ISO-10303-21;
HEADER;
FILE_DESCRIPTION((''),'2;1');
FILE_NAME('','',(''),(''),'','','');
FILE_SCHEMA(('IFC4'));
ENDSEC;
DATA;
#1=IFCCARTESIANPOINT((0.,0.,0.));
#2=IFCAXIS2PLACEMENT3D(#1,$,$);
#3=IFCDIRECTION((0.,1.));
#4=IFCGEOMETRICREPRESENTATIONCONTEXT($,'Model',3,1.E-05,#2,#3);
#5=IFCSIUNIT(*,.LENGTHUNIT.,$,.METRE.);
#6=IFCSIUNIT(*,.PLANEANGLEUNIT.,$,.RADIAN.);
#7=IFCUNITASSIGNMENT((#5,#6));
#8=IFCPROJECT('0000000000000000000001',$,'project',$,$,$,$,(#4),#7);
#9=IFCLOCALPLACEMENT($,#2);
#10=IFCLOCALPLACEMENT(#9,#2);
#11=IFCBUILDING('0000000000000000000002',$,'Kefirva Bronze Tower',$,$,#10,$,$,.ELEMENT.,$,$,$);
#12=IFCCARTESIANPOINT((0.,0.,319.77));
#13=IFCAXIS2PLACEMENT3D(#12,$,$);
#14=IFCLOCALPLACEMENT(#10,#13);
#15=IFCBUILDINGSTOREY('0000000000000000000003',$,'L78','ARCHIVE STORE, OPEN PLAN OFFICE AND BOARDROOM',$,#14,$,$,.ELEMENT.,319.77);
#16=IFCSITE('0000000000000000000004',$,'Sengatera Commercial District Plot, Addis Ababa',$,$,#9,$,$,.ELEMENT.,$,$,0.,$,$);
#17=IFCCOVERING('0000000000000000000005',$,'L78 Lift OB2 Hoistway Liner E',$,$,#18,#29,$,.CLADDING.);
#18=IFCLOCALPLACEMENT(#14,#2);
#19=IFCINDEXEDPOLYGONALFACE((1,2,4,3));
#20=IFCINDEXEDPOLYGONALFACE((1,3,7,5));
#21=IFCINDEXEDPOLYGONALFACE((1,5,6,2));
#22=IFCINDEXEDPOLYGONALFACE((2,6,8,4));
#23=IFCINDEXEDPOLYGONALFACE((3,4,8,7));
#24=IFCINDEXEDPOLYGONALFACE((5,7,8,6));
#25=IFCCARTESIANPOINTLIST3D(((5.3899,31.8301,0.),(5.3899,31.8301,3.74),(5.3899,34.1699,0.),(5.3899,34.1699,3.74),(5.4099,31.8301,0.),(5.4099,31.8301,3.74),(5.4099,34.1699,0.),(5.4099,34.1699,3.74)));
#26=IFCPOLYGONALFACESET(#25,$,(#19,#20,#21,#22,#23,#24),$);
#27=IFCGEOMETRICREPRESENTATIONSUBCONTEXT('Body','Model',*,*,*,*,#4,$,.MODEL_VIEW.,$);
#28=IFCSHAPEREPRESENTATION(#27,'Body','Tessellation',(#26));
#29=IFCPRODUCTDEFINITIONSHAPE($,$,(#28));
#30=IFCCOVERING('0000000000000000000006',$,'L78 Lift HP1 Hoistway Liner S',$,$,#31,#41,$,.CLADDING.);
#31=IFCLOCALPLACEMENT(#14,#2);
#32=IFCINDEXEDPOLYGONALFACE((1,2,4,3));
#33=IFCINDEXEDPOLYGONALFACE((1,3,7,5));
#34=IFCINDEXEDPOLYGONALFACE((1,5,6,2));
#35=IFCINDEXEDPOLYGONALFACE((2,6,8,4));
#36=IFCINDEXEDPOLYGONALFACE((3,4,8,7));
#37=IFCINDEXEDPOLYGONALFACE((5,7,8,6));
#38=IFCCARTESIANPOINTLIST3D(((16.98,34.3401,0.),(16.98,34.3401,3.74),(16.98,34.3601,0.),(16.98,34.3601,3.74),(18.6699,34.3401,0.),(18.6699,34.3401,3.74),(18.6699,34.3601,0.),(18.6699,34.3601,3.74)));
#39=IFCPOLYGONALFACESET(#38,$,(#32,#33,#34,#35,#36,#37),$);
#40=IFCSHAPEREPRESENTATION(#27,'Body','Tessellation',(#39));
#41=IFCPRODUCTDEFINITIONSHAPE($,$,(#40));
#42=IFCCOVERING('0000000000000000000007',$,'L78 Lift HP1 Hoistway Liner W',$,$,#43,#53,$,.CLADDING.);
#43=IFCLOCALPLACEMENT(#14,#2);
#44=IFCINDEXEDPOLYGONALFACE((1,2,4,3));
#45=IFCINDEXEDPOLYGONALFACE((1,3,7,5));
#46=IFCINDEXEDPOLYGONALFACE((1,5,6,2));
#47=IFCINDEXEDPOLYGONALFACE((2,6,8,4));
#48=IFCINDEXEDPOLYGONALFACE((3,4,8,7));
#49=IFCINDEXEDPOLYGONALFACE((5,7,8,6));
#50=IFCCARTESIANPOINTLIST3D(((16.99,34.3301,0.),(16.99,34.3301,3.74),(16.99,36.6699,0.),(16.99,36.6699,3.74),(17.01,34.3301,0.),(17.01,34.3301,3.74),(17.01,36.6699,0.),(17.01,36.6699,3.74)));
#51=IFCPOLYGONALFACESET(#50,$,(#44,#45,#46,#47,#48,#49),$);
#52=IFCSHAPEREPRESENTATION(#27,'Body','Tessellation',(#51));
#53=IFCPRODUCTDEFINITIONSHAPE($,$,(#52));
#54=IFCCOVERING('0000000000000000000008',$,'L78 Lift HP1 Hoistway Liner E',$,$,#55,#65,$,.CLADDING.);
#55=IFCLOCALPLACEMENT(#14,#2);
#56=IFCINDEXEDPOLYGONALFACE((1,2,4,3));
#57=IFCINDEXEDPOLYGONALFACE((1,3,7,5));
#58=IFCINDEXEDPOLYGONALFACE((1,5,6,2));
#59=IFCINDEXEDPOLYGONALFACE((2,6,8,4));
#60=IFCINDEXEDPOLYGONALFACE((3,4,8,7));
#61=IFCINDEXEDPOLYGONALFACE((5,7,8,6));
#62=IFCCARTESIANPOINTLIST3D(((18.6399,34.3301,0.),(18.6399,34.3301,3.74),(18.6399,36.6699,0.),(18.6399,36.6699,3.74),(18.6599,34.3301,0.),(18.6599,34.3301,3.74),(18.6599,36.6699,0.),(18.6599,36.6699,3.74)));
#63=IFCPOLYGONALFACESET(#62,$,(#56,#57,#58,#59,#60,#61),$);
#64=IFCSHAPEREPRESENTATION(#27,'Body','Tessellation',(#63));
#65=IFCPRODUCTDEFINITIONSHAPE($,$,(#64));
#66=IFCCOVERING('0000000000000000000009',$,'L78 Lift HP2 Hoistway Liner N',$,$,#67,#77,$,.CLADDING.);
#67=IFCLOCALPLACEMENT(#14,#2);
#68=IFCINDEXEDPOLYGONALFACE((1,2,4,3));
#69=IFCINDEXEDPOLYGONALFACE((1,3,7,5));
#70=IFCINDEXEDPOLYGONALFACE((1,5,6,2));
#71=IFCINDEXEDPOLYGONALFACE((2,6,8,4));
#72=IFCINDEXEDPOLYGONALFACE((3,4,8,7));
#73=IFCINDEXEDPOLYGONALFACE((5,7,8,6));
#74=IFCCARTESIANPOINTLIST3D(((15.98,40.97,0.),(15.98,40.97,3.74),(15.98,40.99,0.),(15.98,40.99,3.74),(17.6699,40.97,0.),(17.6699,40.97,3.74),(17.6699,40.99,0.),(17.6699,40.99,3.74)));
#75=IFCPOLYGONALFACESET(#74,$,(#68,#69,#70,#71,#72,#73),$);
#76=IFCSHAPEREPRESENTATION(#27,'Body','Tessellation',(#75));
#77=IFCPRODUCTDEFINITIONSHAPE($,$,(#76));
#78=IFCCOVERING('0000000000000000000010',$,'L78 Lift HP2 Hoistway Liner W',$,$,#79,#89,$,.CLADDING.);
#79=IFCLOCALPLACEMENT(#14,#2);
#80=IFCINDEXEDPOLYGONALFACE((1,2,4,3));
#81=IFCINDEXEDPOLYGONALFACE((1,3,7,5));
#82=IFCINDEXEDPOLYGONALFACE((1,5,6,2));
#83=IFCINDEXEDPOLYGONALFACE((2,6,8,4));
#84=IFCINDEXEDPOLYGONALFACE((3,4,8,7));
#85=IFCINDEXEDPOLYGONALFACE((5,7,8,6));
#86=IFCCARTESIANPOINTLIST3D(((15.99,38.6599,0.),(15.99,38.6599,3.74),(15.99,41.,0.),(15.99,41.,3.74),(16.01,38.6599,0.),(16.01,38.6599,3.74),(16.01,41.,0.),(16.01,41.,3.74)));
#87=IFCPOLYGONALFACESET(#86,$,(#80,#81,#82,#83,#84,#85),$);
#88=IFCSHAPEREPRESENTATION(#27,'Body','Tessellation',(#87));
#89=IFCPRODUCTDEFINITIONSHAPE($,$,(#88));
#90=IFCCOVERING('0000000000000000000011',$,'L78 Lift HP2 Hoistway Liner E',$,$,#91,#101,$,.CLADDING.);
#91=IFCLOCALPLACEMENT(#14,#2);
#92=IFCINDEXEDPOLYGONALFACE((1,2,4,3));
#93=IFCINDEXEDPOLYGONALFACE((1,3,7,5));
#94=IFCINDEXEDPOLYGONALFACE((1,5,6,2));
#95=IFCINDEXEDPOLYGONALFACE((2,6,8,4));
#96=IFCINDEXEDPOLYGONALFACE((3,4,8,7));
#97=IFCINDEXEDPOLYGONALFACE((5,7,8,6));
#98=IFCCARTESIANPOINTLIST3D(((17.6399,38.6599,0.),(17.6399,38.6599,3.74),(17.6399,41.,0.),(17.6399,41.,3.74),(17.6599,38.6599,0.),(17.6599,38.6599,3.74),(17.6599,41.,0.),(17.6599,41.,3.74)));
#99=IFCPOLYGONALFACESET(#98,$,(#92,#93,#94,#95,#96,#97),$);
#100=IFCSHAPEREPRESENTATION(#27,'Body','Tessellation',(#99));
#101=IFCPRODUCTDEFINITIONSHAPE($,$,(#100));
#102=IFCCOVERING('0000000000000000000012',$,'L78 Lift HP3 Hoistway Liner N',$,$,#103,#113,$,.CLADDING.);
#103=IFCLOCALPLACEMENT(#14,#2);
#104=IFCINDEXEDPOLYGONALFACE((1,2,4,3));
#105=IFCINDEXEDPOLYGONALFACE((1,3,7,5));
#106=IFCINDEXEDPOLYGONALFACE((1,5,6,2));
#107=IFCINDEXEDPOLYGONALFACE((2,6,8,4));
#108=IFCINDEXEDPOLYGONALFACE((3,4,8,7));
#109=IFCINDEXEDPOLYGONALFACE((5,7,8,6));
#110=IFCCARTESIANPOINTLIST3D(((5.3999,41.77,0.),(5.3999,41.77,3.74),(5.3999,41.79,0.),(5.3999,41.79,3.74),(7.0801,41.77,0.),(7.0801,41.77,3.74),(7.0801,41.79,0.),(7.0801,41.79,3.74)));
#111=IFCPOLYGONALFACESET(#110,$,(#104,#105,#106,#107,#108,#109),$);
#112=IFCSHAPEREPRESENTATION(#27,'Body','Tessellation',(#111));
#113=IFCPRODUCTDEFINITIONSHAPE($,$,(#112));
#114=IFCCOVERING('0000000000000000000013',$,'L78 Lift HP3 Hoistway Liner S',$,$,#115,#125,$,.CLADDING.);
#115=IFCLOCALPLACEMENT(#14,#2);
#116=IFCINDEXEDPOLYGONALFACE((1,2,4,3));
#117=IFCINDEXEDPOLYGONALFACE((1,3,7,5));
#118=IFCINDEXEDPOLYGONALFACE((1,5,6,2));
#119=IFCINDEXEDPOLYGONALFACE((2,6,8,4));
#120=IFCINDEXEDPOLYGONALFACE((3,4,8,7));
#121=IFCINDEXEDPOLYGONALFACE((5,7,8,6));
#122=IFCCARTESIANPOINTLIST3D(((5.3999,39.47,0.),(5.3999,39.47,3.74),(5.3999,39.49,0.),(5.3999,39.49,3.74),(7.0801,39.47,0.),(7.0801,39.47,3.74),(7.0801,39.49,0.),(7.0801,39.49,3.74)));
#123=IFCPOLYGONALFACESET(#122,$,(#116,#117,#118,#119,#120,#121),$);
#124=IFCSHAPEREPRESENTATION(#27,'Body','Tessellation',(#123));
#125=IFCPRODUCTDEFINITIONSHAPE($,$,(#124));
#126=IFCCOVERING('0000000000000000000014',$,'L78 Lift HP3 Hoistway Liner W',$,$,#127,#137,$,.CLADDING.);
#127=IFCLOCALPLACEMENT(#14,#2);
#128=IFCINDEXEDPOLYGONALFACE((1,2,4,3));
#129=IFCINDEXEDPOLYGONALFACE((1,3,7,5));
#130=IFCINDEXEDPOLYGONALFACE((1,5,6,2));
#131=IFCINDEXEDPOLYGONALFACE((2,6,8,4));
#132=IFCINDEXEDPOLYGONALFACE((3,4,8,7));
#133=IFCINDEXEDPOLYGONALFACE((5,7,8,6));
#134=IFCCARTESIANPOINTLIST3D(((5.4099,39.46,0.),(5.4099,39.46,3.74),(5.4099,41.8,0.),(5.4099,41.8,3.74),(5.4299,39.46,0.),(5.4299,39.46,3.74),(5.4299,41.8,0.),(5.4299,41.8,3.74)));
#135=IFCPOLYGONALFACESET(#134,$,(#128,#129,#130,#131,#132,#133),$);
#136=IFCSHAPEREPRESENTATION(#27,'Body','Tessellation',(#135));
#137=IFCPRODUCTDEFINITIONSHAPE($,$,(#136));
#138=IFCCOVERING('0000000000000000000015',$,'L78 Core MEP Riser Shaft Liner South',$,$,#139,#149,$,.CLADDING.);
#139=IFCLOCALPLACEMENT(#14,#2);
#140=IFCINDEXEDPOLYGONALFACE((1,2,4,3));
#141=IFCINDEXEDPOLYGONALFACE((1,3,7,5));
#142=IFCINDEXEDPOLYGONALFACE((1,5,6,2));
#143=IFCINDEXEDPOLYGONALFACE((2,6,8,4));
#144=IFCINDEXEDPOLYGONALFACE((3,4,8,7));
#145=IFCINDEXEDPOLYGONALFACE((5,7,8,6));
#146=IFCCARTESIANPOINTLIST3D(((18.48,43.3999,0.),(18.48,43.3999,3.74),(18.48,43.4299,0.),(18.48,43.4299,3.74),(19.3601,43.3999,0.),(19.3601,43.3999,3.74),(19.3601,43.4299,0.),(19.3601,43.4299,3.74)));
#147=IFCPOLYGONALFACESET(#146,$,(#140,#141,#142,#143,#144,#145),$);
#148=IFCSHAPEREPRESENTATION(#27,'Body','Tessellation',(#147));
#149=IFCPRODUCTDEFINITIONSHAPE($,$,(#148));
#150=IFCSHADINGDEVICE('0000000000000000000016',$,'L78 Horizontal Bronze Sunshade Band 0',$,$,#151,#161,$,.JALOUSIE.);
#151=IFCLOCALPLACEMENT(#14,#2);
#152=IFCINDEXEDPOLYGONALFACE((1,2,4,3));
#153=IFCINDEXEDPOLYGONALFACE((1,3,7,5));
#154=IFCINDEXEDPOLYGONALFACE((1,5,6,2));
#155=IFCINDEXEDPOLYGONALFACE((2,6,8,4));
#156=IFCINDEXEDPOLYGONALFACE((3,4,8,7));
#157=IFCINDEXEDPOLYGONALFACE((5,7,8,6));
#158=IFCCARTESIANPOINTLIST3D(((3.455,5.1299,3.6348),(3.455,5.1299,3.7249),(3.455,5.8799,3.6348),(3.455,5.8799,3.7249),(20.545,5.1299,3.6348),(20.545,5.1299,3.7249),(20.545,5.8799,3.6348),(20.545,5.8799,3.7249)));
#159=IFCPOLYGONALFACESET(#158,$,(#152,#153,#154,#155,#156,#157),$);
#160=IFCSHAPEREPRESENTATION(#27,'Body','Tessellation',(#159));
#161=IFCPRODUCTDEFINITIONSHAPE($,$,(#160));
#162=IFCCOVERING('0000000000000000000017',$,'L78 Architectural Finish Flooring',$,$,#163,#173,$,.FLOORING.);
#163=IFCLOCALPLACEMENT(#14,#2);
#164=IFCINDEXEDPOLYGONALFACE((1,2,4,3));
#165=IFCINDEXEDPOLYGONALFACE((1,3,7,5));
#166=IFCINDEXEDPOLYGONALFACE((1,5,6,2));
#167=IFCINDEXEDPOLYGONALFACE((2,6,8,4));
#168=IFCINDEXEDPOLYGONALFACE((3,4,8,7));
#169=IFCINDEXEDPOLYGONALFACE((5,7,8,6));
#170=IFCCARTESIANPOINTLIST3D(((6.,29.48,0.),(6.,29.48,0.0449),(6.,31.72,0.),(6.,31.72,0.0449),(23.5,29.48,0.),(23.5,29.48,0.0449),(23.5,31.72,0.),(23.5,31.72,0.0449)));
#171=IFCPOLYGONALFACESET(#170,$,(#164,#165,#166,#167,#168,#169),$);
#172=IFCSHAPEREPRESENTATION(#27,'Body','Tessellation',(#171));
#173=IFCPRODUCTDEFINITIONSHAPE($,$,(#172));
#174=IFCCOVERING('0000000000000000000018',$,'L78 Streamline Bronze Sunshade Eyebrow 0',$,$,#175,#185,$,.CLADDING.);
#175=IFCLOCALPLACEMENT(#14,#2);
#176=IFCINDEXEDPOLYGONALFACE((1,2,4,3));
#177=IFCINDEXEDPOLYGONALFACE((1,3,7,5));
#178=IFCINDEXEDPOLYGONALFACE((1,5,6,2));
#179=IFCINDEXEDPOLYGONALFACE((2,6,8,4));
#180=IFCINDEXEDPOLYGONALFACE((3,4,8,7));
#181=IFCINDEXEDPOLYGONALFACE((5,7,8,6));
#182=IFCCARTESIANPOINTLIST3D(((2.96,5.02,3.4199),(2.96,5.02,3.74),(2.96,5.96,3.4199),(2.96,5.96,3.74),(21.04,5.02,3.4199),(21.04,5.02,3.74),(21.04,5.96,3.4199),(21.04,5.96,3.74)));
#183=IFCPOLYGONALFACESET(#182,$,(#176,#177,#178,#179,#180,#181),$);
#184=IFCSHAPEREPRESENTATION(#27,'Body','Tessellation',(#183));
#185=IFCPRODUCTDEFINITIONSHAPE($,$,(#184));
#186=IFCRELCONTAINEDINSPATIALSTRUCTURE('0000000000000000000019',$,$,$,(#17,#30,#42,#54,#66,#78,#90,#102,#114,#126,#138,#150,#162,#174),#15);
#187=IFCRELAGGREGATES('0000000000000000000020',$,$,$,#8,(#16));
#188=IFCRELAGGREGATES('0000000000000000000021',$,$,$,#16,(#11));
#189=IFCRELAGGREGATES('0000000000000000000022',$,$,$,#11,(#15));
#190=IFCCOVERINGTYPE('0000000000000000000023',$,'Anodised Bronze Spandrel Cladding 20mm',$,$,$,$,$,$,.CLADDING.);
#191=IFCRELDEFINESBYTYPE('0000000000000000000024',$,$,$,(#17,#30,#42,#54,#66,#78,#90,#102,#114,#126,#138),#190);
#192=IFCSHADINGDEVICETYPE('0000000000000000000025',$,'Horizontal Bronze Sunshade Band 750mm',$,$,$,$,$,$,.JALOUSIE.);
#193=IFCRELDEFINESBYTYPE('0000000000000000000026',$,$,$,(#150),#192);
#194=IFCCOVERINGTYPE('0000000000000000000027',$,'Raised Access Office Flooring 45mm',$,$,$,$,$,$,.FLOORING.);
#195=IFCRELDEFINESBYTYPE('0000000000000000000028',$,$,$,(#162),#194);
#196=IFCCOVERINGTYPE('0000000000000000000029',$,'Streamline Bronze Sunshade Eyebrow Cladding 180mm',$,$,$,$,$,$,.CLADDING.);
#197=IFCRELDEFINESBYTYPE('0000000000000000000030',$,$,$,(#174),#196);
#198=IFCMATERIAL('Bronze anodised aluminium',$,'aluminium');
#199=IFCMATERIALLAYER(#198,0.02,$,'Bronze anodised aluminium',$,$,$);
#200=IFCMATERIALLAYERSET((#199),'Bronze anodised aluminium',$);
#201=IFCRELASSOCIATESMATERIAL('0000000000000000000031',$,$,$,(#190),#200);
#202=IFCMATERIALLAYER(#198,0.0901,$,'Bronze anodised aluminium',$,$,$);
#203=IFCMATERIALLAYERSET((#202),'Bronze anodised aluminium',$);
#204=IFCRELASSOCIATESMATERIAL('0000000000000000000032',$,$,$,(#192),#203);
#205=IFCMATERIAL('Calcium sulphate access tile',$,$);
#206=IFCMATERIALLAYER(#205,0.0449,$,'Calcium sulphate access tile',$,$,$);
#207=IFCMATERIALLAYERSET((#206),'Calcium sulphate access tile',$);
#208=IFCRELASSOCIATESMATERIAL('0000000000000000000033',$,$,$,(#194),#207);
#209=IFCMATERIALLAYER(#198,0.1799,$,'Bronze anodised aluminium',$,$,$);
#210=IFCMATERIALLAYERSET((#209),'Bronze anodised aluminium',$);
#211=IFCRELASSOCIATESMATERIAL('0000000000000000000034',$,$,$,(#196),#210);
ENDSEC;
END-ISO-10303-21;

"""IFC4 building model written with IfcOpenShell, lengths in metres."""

from ifc_helpers import new_model, si_unit, direction, frame, origin, origin_2d, place, context, subcontext, project, spatial, polyline, rectangle, outline, extrude, material, layer, layer_set, type_object, element, save


model = new_model("IFC4")

# Units and contexts
model_context = context("Model", 3, precision=1e-05, world=origin(), true_north=direction((0.0, 1.0)))
body_context = subcontext(model_context, "Body", "Model", "MODEL_VIEW")
ifc_project = project(units=[si_unit("LENGTHUNIT", "METRE"), si_unit("PLANEANGLEUNIT", "RADIAN")], contexts=[model_context])

# Site, building, storey
site_placement = place(None, origin())
site = spatial("IfcSite", under=ifc_project, at=site_placement, Name="Sengatera Commercial District Plot, Addis Ababa", CompositionType="ELEMENT", RefElevation=0.0)
building_placement = place(site_placement, origin())
building = spatial("IfcBuilding", under=site, at=building_placement, Name="Kefirva Bronze Tower", CompositionType="ELEMENT")
storey_placement = place(building_placement, frame((0.0, 0.0, 319.77)))
storey = spatial("IfcBuildingStorey", under=building, at=storey_placement, Name="L78", Description="ARCHIVE STORE, OPEN PLAN OFFICE AND BOARDROOM", CompositionType="ELEMENT", Elevation=319.77)

# Shared definitions
ifc_material_1 = material(Name="Bronze anodised aluminium", Category="aluminium")

# Coverings
ifc_layer_1 = layer(ifc_material_1, 0.02, Name="Bronze anodised aluminium")
ifc_layer_set_1 = layer_set([ifc_layer_1], Name="Bronze anodised aluminium")
covering_type_1 = type_object("IfcCoveringType", Name="Anodised Bronze Spandrel Cladding 20mm", PredefinedType="CLADDING", material=ifc_layer_set_1)
covering_1_placement = place(storey_placement, origin())
element("IfcCovering", 1, at=covering_1_placement, inside=storey, type_object=covering_type_1, Name="L78 Lift OB2 Hoistway Liner E", PredefinedType="CLADDING", context=body_context, shape_type="SweptSolid", body=[
    extrude(outline(polyline([(5.3899, 31.8301), (5.4099, 31.8301), (5.4099, 34.1699), (5.3899, 34.1699), (5.3899, 31.8301)])), origin(), (0.0, 0.0, 1.0), 3.74),
])
covering_2_placement = place(storey_placement, origin())
element("IfcCovering", 2, at=covering_2_placement, inside=storey, type_object=covering_type_1, Name="L78 Lift HP1 Hoistway Liner S", PredefinedType="CLADDING", context=body_context, shape_type="SweptSolid", body=[
    extrude(outline(polyline([(16.98, 34.3401), (18.6699, 34.3401), (18.6699, 34.3601), (16.98, 34.3601), (16.98, 34.3401)])), origin(), (0.0, 0.0, 1.0), 3.74),
])
covering_3_placement = place(storey_placement, origin())
element("IfcCovering", 3, at=covering_3_placement, inside=storey, type_object=covering_type_1, Name="L78 Lift HP1 Hoistway Liner W", PredefinedType="CLADDING", context=body_context, shape_type="SweptSolid", body=[
    extrude(outline(polyline([(16.99, 34.3301), (17.01, 34.3301), (17.01, 36.6699), (16.99, 36.6699), (16.99, 34.3301)])), origin(), (0.0, 0.0, 1.0), 3.74),
])
covering_4_placement = place(storey_placement, origin())
element("IfcCovering", 4, at=covering_4_placement, inside=storey, type_object=covering_type_1, Name="L78 Lift HP1 Hoistway Liner E", PredefinedType="CLADDING", context=body_context, shape_type="SweptSolid", body=[
    extrude(outline(polyline([(18.6399, 34.3301), (18.6599, 34.3301), (18.6599, 36.6699), (18.6399, 36.6699), (18.6399, 34.3301)])), origin(), (0.0, 0.0, 1.0), 3.74),
])
covering_5_placement = place(storey_placement, origin())
element("IfcCovering", 5, at=covering_5_placement, inside=storey, type_object=covering_type_1, Name="L78 Lift HP2 Hoistway Liner N", PredefinedType="CLADDING", context=body_context, shape_type="SweptSolid", body=[
    extrude(outline(polyline([(15.98, 40.97), (17.6699, 40.97), (17.6699, 40.99), (15.98, 40.99), (15.98, 40.97)])), origin(), (0.0, 0.0, 1.0), 3.74),
])
covering_6_placement = place(storey_placement, origin())
element("IfcCovering", 6, at=covering_6_placement, inside=storey, type_object=covering_type_1, Name="L78 Lift HP2 Hoistway Liner W", PredefinedType="CLADDING", context=body_context, shape_type="SweptSolid", body=[
    extrude(outline(polyline([(15.99, 38.6599), (16.01, 38.6599), (16.01, 41.0), (15.99, 41.0), (15.99, 38.6599)])), origin(), (0.0, 0.0, 1.0), 3.74),
])
covering_7_placement = place(storey_placement, origin())
element("IfcCovering", 7, at=covering_7_placement, inside=storey, type_object=covering_type_1, Name="L78 Lift HP2 Hoistway Liner E", PredefinedType="CLADDING", context=body_context, shape_type="SweptSolid", body=[
    extrude(outline(polyline([(17.6399, 38.6599), (17.6599, 38.6599), (17.6599, 41.0), (17.6399, 41.0), (17.6399, 38.6599)])), origin(), (0.0, 0.0, 1.0), 3.74),
])
covering_8_placement = place(storey_placement, origin())
element("IfcCovering", 8, at=covering_8_placement, inside=storey, type_object=covering_type_1, Name="L78 Lift HP3 Hoistway Liner N", PredefinedType="CLADDING", context=body_context, shape_type="SweptSolid", body=[
    extrude(outline(polyline([(5.3999, 41.77), (7.0801, 41.77), (7.0801, 41.79), (5.3999, 41.79), (5.3999, 41.77)])), origin(), (0.0, 0.0, 1.0), 3.74),
])
covering_9_placement = place(storey_placement, origin())
element("IfcCovering", 9, at=covering_9_placement, inside=storey, type_object=covering_type_1, Name="L78 Lift HP3 Hoistway Liner S", PredefinedType="CLADDING", context=body_context, shape_type="SweptSolid", body=[
    extrude(outline(polyline([(5.3999, 39.47), (7.0801, 39.47), (7.0801, 39.49), (5.3999, 39.49), (5.3999, 39.47)])), origin(), (0.0, 0.0, 1.0), 3.74),
])
covering_10_placement = place(storey_placement, origin())
element("IfcCovering", 10, at=covering_10_placement, inside=storey, type_object=covering_type_1, Name="L78 Lift HP3 Hoistway Liner W", PredefinedType="CLADDING", context=body_context, shape_type="SweptSolid", body=[
    extrude(outline(polyline([(5.4099, 39.46), (5.4299, 39.46), (5.4299, 41.8), (5.4099, 41.8), (5.4099, 39.46)])), origin(), (0.0, 0.0, 1.0), 3.74),
])
covering_11_placement = place(storey_placement, origin())
element("IfcCovering", 11, at=covering_11_placement, inside=storey, type_object=covering_type_1, Name="L78 Core MEP Riser Shaft Liner South", PredefinedType="CLADDING", context=body_context, shape_type="SweptSolid", body=[
    extrude(outline(polyline([(18.48, 43.3999), (19.3601, 43.3999), (19.3601, 43.4299), (18.48, 43.4299), (18.48, 43.3999)])), origin(), (0.0, 0.0, 1.0), 3.74),
])

# Shading device
ifc_layer_2 = layer(ifc_material_1, 0.0901, Name="Bronze anodised aluminium")
ifc_layer_set_2 = layer_set([ifc_layer_2], Name="Bronze anodised aluminium")
shading_device_type = type_object("IfcShadingDeviceType", Name="Horizontal Bronze Sunshade Band 750mm", PredefinedType="JALOUSIE", material=ifc_layer_set_2)
shading_device_placement = place(storey_placement, frame((12.0, 5.5049, 3.6348), z_axis=(0.0, 0.0, 1.0), x_axis=(1.0, 0.0, 0.0)))
element("IfcShadingDevice", 12, at=shading_device_placement, inside=storey, type_object=shading_device_type, Name="L78 Horizontal Bronze Sunshade Band 0", PredefinedType="JALOUSIE", context=body_context, shape_type="SweptSolid", body=[
    extrude(rectangle(XDim=17.0901, YDim=0.75, at=origin_2d()), origin(), (0.0, 0.0, 1.0), 0.0901),
])

# Coverings
ifc_material_2 = material(Name="Calcium sulphate access tile")
ifc_layer_3 = layer(ifc_material_2, 0.0449, Name="Calcium sulphate access tile")
ifc_layer_set_3 = layer_set([ifc_layer_3], Name="Calcium sulphate access tile")
covering_type_2 = type_object("IfcCoveringType", Name="Raised Access Office Flooring 45mm", PredefinedType="FLOORING", material=ifc_layer_set_3)
covering_12_placement = place(storey_placement, origin())
element("IfcCovering", 13, at=covering_12_placement, inside=storey, type_object=covering_type_2, Name="L78 Architectural Finish Flooring", PredefinedType="FLOORING", context=body_context, shape_type="SweptSolid", body=[
    extrude(outline(polyline([(6.0, 29.48), (23.5, 29.48), (23.5, 31.72), (6.0, 31.72), (6.0, 29.48)])), origin(), (0.0, 0.0, 1.0), 0.0449),
])
ifc_layer_4 = layer(ifc_material_1, 0.1799, Name="Bronze anodised aluminium")
ifc_layer_set_4 = layer_set([ifc_layer_4], Name="Bronze anodised aluminium")
covering_type_3 = type_object("IfcCoveringType", Name="Streamline Bronze Sunshade Eyebrow Cladding 180mm", PredefinedType="CLADDING", material=ifc_layer_set_4)
covering_13_placement = place(storey_placement, frame((12.0, 5.49, 3.4199), z_axis=(0.0, 0.0, 1.0), x_axis=(1.0, 0.0, 0.0)))
element("IfcCovering", 14, at=covering_13_placement, inside=storey, type_object=covering_type_3, Name="L78 Streamline Bronze Sunshade Eyebrow 0", PredefinedType="CLADDING", context=body_context, shape_type="SweptSolid", body=[
    extrude(rectangle(XDim=18.0801, YDim=0.9399, at=origin_2d()), origin(), (0.0, 0.0, 1.0), 0.3201),
])

save(model, "model.ifc")
